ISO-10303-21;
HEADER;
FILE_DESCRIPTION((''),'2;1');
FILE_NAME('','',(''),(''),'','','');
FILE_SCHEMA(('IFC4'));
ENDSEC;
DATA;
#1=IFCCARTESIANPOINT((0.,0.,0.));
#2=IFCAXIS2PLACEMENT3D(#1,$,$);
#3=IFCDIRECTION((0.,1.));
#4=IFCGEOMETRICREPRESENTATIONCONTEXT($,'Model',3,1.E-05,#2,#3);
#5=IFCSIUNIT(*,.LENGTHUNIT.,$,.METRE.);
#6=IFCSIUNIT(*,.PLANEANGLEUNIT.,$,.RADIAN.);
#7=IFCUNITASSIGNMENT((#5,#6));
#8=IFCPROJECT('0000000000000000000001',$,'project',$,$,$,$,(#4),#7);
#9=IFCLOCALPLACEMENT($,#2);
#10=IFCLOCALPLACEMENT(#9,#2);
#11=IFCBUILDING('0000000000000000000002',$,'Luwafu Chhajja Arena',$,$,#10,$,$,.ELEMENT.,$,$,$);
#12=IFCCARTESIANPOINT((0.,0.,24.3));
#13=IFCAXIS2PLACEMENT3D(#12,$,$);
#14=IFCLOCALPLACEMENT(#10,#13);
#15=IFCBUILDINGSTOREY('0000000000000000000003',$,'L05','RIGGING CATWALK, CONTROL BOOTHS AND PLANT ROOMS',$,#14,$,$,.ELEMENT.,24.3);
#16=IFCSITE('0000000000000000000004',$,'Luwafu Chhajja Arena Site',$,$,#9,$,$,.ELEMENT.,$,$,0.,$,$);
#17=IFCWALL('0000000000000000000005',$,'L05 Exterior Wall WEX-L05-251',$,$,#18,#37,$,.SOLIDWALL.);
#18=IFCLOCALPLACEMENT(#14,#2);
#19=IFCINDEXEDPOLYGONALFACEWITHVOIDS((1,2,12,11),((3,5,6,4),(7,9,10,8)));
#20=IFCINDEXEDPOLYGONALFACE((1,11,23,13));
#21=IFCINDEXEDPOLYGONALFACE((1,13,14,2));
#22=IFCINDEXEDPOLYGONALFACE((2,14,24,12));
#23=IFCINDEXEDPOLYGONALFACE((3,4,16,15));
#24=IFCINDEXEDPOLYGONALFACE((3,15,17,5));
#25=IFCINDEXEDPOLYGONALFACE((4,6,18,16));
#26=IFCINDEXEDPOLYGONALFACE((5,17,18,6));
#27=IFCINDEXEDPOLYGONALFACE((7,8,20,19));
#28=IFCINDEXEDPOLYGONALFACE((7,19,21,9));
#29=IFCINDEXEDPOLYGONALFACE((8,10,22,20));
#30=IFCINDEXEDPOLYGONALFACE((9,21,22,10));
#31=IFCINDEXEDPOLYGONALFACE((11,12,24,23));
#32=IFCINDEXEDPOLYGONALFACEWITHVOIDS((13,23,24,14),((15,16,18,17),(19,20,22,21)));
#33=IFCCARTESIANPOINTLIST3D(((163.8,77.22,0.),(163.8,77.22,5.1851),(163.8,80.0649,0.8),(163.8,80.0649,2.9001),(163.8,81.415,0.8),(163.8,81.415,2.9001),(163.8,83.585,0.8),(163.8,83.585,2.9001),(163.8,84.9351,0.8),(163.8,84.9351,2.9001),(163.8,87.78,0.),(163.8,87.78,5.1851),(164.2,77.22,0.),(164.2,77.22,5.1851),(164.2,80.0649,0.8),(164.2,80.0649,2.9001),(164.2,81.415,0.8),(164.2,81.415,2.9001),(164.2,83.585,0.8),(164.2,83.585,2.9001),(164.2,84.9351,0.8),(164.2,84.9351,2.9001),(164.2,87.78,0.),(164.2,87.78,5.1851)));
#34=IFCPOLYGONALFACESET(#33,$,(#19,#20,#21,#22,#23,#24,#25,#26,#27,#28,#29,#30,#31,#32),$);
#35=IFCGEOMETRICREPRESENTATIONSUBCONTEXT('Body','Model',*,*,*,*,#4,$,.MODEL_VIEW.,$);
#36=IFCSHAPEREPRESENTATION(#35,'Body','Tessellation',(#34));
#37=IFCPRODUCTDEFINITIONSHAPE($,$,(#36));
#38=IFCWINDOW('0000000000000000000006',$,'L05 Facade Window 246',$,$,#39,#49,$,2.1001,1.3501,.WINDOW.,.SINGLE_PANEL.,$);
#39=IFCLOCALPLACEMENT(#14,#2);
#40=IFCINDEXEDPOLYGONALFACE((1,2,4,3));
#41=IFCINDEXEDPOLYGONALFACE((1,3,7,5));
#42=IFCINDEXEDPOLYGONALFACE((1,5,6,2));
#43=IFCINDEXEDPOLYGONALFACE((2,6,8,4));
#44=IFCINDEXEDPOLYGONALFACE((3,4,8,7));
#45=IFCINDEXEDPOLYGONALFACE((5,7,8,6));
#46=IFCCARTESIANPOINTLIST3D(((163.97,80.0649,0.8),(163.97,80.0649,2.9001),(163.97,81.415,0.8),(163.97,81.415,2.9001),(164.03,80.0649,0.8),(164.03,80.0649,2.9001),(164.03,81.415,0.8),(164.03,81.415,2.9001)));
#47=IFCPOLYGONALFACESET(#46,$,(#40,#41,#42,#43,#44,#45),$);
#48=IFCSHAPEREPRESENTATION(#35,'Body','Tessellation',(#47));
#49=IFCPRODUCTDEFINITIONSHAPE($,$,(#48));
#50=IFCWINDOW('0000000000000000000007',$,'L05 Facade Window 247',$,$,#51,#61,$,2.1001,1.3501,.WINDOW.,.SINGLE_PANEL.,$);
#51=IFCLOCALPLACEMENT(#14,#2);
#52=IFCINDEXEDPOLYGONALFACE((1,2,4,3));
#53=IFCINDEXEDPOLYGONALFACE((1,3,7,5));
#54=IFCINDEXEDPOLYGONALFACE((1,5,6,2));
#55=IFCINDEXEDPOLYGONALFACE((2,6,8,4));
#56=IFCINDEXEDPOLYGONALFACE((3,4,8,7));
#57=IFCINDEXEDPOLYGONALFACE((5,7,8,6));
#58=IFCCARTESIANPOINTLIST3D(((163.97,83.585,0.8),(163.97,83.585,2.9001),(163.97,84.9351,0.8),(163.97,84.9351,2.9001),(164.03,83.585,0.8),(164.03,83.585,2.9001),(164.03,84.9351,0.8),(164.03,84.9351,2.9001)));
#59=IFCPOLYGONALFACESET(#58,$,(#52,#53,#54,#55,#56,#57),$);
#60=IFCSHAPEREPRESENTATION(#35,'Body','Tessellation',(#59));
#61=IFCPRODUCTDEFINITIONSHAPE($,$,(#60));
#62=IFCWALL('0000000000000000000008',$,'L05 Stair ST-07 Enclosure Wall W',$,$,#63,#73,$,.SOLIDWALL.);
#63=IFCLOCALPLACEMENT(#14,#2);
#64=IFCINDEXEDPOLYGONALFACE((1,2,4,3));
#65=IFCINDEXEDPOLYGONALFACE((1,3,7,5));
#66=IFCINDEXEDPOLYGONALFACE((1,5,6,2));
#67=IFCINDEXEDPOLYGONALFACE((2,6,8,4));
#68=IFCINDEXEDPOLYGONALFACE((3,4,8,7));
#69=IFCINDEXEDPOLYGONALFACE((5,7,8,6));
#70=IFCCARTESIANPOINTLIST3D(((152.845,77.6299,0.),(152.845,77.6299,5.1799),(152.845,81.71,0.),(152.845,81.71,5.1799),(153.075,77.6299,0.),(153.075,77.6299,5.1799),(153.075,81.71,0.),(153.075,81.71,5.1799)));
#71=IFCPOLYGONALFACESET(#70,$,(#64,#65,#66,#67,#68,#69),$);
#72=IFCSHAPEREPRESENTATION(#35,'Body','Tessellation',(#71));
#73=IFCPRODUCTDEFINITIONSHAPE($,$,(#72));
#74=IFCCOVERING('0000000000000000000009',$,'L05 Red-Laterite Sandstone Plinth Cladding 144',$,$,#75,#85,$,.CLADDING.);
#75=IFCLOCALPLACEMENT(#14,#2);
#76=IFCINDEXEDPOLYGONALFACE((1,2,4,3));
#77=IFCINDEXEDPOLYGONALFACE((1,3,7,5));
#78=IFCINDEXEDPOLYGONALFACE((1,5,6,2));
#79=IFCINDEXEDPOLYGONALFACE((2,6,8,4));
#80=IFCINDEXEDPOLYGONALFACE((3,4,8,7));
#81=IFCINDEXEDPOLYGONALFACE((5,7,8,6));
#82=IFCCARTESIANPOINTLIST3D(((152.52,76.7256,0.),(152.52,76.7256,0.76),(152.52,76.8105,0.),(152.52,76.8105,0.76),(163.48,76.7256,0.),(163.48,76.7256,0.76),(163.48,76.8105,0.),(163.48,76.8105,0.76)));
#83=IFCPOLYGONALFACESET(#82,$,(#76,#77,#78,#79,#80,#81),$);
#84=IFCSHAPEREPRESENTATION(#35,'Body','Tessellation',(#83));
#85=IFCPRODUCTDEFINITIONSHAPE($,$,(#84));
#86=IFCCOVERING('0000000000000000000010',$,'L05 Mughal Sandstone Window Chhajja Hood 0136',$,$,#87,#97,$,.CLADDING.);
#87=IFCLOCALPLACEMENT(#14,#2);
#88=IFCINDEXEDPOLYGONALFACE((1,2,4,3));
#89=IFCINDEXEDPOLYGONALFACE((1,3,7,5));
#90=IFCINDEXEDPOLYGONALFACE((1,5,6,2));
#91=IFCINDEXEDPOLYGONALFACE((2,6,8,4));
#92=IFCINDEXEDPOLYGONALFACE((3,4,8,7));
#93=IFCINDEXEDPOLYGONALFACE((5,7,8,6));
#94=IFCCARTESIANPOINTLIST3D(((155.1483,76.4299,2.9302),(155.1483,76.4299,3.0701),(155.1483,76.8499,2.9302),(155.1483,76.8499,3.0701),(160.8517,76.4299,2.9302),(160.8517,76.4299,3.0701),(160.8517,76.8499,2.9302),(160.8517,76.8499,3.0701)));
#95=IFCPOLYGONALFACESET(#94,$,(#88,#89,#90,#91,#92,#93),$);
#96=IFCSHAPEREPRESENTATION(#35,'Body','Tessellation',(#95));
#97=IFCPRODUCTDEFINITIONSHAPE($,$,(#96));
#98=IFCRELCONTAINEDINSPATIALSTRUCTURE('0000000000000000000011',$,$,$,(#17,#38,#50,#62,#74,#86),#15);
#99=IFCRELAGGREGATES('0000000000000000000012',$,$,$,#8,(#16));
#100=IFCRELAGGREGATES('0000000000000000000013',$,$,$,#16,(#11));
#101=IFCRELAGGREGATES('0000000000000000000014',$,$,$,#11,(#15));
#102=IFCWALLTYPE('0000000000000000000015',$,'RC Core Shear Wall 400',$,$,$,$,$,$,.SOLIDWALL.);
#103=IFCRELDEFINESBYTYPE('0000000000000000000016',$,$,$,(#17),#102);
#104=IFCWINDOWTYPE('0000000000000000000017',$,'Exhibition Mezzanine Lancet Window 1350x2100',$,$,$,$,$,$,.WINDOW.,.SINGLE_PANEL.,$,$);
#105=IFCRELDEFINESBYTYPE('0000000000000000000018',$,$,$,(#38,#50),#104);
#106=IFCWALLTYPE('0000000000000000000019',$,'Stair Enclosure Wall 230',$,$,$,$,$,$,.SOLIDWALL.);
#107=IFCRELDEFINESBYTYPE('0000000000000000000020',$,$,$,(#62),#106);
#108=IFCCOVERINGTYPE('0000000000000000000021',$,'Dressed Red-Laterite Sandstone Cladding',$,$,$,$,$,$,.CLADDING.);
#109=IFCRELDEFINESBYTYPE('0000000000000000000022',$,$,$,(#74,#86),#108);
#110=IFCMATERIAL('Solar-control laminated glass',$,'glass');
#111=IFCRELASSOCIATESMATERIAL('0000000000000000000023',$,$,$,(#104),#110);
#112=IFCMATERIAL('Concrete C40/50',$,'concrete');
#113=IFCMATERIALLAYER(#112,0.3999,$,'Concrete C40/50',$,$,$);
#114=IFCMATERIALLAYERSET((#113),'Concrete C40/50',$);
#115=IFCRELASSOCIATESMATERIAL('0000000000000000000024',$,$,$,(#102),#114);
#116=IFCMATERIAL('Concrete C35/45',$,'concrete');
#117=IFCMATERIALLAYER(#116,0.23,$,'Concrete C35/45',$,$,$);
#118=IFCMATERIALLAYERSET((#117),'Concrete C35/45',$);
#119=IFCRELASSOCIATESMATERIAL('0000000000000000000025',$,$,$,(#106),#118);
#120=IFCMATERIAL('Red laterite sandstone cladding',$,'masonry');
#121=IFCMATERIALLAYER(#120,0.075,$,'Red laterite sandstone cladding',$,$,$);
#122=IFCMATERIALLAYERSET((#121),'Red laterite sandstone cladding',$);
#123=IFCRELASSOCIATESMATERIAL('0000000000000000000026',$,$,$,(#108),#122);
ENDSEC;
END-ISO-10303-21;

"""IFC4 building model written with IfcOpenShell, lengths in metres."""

from ifc_helpers import new_model, si_unit, direction, frame, frame_2d, origin, origin_2d, place, context, subcontext, project, spatial, rectangle, extrude, material, layer, layer_set, type_object, element, fill, save


model = new_model("IFC4")

# Units and contexts
model_context = context("Model", 3, precision=1e-05, world=origin(), true_north=direction((0.0, 1.0)))
body_context = subcontext(model_context, "Body", "Model", "MODEL_VIEW")
ifc_project = project(units=[si_unit("LENGTHUNIT", "METRE"), si_unit("PLANEANGLEUNIT", "RADIAN")], contexts=[model_context])

# Site, building, storey
site_placement = place(None, origin())
site = spatial("IfcSite", under=ifc_project, at=site_placement, Name="Luwafu Chhajja Arena Site", CompositionType="ELEMENT", RefElevation=0.0)
building_placement = place(site_placement, origin())
building = spatial("IfcBuilding", under=site, at=building_placement, Name="Luwafu Chhajja Arena", CompositionType="ELEMENT")
storey_placement = place(building_placement, frame((0.0, 0.0, 24.3)))
storey = spatial("IfcBuildingStorey", under=building, at=storey_placement, Name="L05", Description="RIGGING CATWALK, CONTROL BOOTHS AND PLANT ROOMS", CompositionType="ELEMENT", Elevation=24.3)

# Shared definitions
ifc_material_1 = material(Name="Concrete C40/50", Category="concrete")
ifc_material_2 = material(Name="Concrete C35/45", Category="concrete")

# Shared definitions
ifc_material_3 = material(Name="Solar-control laminated glass", Category="glass")
window_type = type_object("IfcWindowType", Name="Exhibition Mezzanine Lancet Window 1350x2100", PartitioningType="SINGLE_PANEL", PredefinedType="WINDOW", material=ifc_material_3)

# Wall, openings, windows
ifc_layer_1 = layer(ifc_material_1, 0.3999, Name="Concrete C40/50")
ifc_layer_set_1 = layer_set([ifc_layer_1], Name="Concrete C40/50")
wall_type_1 = type_object("IfcWallType", Name="RC Core Shear Wall 400", PredefinedType="SOLIDWALL", material=ifc_layer_set_1)
wall_1_placement = place(storey_placement, frame((164.0, 77.22, 0.0), z_axis=(0.0, 0.0, 1.0), x_axis=(0.0, 1.0, 0.0)))
wall_1 = element("IfcWall", 1, at=wall_1_placement, inside=storey, type_object=wall_type_1, Name="L05 Exterior Wall WEX-L05-251", PredefinedType="SOLIDWALL", context=body_context, shape_type="SweptSolid", body=[
    extrude(rectangle(XDim=10.5601, YDim=0.3999, at=frame_2d((5.28, 0.0))), origin(), (0.0, 0.0, 1.0), 5.1851),
])
opening_1_placement = place(wall_1_placement, frame((2.845, 0.0, 0.8)))
opening_1 = element("IfcOpeningElement", 2, at=opening_1_placement, cuts=wall_1, PredefinedType="OPENING", context=body_context, shape_type="SweptSolid", body=[
    extrude(rectangle(XDim=1.3501, YDim=2.1001, at=frame_2d((0.675, 1.05))), frame((0.0, 0.21, 0.0), z_axis=(0.0, -1.0, 0.0), x_axis=(1.0, 0.0, 0.0)), (0.0, 0.0, 1.0), 0.4199),
])
opening_2_placement = place(wall_1_placement, frame((6.365, 0.0, 0.8)))
opening_2 = element("IfcOpeningElement", 3, at=opening_2_placement, cuts=wall_1, PredefinedType="OPENING", context=body_context, shape_type="SweptSolid", body=[
    extrude(rectangle(XDim=1.3501, YDim=2.1001, at=frame_2d((0.675, 1.05))), frame((0.0, 0.21, 0.0), z_axis=(0.0, -1.0, 0.0), x_axis=(1.0, 0.0, 0.0)), (0.0, 0.0, 1.0), 0.4199),
])
window_1_placement = place(opening_1_placement, origin())
window_1 = element("IfcWindow", 4, at=window_1_placement, inside=storey, type_object=window_type, Name="L05 Facade Window 246", OverallHeight=2.1001, OverallWidth=1.3501, PartitioningType="SINGLE_PANEL", PredefinedType="WINDOW", context=body_context, shape_type="SweptSolid", body=[
    extrude(rectangle(XDim=1.3501, YDim=2.1001, at=frame_2d((0.675, 1.05))), frame((0.0, 0.03, 0.0), z_axis=(0.0, -1.0, 0.0), x_axis=(1.0, 0.0, 0.0)), (0.0, 0.0, 1.0), 0.0601),
])
fill(opening_1, window_1)
window_2_placement = place(opening_2_placement, origin())
window_2 = element("IfcWindow", 5, at=window_2_placement, inside=storey, type_object=window_type, Name="L05 Facade Window 247", OverallHeight=2.1001, OverallWidth=1.3501, PartitioningType="SINGLE_PANEL", PredefinedType="WINDOW", context=body_context, shape_type="SweptSolid", body=[
    extrude(rectangle(XDim=1.3501, YDim=2.1001, at=frame_2d((0.675, 1.05))), frame((0.0, 0.03, 0.0), z_axis=(0.0, -1.0, 0.0), x_axis=(1.0, 0.0, 0.0)), (0.0, 0.0, 1.0), 0.0601),
])
fill(opening_2, window_2)

# Wall
ifc_layer_2 = layer(ifc_material_2, 0.23, Name="Concrete C35/45")
ifc_layer_set_2 = layer_set([ifc_layer_2], Name="Concrete C35/45")
wall_type_2 = type_object("IfcWallType", Name="Stair Enclosure Wall 230", PredefinedType="SOLIDWALL", material=ifc_layer_set_2)
wall_2_placement = place(storey_placement, frame((152.96, 77.6299, 0.0), z_axis=(0.0, 0.0, 1.0), x_axis=(0.0, 1.0, 0.0)))
element("IfcWall", 6, at=wall_2_placement, inside=storey, type_object=wall_type_2, Name="L05 Stair ST-07 Enclosure Wall W", PredefinedType="SOLIDWALL", context=body_context, shape_type="SweptSolid", body=[
    extrude(rectangle(XDim=4.0801, YDim=0.23, at=frame_2d((2.04, 0.0))), origin(), (0.0, 0.0, 1.0), 5.1799),
])

# Coverings
ifc_material_4 = material(Name="Red laterite sandstone cladding", Category="masonry")
ifc_layer_3 = layer(ifc_material_4, 0.075, Name="Red laterite sandstone cladding")
ifc_layer_set_3 = layer_set([ifc_layer_3], Name="Red laterite sandstone cladding")
covering_type = type_object("IfcCoveringType", Name="Dressed Red-Laterite Sandstone Cladding", PredefinedType="CLADDING", material=ifc_layer_set_3)
covering_1_placement = place(storey_placement, frame((158.0, 76.7681, 0.0), z_axis=(0.0, 0.0, 1.0), x_axis=(1.0, 0.0, 0.0)))
element("IfcCovering", 7, at=covering_1_placement, inside=storey, type_object=covering_type, Name="L05 Red-Laterite Sandstone Plinth Cladding 144", PredefinedType="CLADDING", context=body_context, shape_type="SweptSolid", body=[
    extrude(rectangle(XDim=10.96, YDim=0.085, at=origin_2d()), origin(), (0.0, 0.0, 1.0), 0.76),
])
covering_2_placement = place(storey_placement, frame((158.0, 76.6399, 2.9302), z_axis=(0.0, 0.0, 1.0), x_axis=(1.0, 0.0, 0.0)))
element("IfcCovering", 8, at=covering_2_placement, inside=storey, type_object=covering_type, Name="L05 Mughal Sandstone Window Chhajja Hood 0136", PredefinedType="CLADDING", context=body_context, shape_type="SweptSolid", body=[
    extrude(rectangle(XDim=5.7034, YDim=0.4199, at=origin_2d()), origin(), (0.0, 0.0, 1.0), 0.1399),
])

save(model, "model.ifc")
